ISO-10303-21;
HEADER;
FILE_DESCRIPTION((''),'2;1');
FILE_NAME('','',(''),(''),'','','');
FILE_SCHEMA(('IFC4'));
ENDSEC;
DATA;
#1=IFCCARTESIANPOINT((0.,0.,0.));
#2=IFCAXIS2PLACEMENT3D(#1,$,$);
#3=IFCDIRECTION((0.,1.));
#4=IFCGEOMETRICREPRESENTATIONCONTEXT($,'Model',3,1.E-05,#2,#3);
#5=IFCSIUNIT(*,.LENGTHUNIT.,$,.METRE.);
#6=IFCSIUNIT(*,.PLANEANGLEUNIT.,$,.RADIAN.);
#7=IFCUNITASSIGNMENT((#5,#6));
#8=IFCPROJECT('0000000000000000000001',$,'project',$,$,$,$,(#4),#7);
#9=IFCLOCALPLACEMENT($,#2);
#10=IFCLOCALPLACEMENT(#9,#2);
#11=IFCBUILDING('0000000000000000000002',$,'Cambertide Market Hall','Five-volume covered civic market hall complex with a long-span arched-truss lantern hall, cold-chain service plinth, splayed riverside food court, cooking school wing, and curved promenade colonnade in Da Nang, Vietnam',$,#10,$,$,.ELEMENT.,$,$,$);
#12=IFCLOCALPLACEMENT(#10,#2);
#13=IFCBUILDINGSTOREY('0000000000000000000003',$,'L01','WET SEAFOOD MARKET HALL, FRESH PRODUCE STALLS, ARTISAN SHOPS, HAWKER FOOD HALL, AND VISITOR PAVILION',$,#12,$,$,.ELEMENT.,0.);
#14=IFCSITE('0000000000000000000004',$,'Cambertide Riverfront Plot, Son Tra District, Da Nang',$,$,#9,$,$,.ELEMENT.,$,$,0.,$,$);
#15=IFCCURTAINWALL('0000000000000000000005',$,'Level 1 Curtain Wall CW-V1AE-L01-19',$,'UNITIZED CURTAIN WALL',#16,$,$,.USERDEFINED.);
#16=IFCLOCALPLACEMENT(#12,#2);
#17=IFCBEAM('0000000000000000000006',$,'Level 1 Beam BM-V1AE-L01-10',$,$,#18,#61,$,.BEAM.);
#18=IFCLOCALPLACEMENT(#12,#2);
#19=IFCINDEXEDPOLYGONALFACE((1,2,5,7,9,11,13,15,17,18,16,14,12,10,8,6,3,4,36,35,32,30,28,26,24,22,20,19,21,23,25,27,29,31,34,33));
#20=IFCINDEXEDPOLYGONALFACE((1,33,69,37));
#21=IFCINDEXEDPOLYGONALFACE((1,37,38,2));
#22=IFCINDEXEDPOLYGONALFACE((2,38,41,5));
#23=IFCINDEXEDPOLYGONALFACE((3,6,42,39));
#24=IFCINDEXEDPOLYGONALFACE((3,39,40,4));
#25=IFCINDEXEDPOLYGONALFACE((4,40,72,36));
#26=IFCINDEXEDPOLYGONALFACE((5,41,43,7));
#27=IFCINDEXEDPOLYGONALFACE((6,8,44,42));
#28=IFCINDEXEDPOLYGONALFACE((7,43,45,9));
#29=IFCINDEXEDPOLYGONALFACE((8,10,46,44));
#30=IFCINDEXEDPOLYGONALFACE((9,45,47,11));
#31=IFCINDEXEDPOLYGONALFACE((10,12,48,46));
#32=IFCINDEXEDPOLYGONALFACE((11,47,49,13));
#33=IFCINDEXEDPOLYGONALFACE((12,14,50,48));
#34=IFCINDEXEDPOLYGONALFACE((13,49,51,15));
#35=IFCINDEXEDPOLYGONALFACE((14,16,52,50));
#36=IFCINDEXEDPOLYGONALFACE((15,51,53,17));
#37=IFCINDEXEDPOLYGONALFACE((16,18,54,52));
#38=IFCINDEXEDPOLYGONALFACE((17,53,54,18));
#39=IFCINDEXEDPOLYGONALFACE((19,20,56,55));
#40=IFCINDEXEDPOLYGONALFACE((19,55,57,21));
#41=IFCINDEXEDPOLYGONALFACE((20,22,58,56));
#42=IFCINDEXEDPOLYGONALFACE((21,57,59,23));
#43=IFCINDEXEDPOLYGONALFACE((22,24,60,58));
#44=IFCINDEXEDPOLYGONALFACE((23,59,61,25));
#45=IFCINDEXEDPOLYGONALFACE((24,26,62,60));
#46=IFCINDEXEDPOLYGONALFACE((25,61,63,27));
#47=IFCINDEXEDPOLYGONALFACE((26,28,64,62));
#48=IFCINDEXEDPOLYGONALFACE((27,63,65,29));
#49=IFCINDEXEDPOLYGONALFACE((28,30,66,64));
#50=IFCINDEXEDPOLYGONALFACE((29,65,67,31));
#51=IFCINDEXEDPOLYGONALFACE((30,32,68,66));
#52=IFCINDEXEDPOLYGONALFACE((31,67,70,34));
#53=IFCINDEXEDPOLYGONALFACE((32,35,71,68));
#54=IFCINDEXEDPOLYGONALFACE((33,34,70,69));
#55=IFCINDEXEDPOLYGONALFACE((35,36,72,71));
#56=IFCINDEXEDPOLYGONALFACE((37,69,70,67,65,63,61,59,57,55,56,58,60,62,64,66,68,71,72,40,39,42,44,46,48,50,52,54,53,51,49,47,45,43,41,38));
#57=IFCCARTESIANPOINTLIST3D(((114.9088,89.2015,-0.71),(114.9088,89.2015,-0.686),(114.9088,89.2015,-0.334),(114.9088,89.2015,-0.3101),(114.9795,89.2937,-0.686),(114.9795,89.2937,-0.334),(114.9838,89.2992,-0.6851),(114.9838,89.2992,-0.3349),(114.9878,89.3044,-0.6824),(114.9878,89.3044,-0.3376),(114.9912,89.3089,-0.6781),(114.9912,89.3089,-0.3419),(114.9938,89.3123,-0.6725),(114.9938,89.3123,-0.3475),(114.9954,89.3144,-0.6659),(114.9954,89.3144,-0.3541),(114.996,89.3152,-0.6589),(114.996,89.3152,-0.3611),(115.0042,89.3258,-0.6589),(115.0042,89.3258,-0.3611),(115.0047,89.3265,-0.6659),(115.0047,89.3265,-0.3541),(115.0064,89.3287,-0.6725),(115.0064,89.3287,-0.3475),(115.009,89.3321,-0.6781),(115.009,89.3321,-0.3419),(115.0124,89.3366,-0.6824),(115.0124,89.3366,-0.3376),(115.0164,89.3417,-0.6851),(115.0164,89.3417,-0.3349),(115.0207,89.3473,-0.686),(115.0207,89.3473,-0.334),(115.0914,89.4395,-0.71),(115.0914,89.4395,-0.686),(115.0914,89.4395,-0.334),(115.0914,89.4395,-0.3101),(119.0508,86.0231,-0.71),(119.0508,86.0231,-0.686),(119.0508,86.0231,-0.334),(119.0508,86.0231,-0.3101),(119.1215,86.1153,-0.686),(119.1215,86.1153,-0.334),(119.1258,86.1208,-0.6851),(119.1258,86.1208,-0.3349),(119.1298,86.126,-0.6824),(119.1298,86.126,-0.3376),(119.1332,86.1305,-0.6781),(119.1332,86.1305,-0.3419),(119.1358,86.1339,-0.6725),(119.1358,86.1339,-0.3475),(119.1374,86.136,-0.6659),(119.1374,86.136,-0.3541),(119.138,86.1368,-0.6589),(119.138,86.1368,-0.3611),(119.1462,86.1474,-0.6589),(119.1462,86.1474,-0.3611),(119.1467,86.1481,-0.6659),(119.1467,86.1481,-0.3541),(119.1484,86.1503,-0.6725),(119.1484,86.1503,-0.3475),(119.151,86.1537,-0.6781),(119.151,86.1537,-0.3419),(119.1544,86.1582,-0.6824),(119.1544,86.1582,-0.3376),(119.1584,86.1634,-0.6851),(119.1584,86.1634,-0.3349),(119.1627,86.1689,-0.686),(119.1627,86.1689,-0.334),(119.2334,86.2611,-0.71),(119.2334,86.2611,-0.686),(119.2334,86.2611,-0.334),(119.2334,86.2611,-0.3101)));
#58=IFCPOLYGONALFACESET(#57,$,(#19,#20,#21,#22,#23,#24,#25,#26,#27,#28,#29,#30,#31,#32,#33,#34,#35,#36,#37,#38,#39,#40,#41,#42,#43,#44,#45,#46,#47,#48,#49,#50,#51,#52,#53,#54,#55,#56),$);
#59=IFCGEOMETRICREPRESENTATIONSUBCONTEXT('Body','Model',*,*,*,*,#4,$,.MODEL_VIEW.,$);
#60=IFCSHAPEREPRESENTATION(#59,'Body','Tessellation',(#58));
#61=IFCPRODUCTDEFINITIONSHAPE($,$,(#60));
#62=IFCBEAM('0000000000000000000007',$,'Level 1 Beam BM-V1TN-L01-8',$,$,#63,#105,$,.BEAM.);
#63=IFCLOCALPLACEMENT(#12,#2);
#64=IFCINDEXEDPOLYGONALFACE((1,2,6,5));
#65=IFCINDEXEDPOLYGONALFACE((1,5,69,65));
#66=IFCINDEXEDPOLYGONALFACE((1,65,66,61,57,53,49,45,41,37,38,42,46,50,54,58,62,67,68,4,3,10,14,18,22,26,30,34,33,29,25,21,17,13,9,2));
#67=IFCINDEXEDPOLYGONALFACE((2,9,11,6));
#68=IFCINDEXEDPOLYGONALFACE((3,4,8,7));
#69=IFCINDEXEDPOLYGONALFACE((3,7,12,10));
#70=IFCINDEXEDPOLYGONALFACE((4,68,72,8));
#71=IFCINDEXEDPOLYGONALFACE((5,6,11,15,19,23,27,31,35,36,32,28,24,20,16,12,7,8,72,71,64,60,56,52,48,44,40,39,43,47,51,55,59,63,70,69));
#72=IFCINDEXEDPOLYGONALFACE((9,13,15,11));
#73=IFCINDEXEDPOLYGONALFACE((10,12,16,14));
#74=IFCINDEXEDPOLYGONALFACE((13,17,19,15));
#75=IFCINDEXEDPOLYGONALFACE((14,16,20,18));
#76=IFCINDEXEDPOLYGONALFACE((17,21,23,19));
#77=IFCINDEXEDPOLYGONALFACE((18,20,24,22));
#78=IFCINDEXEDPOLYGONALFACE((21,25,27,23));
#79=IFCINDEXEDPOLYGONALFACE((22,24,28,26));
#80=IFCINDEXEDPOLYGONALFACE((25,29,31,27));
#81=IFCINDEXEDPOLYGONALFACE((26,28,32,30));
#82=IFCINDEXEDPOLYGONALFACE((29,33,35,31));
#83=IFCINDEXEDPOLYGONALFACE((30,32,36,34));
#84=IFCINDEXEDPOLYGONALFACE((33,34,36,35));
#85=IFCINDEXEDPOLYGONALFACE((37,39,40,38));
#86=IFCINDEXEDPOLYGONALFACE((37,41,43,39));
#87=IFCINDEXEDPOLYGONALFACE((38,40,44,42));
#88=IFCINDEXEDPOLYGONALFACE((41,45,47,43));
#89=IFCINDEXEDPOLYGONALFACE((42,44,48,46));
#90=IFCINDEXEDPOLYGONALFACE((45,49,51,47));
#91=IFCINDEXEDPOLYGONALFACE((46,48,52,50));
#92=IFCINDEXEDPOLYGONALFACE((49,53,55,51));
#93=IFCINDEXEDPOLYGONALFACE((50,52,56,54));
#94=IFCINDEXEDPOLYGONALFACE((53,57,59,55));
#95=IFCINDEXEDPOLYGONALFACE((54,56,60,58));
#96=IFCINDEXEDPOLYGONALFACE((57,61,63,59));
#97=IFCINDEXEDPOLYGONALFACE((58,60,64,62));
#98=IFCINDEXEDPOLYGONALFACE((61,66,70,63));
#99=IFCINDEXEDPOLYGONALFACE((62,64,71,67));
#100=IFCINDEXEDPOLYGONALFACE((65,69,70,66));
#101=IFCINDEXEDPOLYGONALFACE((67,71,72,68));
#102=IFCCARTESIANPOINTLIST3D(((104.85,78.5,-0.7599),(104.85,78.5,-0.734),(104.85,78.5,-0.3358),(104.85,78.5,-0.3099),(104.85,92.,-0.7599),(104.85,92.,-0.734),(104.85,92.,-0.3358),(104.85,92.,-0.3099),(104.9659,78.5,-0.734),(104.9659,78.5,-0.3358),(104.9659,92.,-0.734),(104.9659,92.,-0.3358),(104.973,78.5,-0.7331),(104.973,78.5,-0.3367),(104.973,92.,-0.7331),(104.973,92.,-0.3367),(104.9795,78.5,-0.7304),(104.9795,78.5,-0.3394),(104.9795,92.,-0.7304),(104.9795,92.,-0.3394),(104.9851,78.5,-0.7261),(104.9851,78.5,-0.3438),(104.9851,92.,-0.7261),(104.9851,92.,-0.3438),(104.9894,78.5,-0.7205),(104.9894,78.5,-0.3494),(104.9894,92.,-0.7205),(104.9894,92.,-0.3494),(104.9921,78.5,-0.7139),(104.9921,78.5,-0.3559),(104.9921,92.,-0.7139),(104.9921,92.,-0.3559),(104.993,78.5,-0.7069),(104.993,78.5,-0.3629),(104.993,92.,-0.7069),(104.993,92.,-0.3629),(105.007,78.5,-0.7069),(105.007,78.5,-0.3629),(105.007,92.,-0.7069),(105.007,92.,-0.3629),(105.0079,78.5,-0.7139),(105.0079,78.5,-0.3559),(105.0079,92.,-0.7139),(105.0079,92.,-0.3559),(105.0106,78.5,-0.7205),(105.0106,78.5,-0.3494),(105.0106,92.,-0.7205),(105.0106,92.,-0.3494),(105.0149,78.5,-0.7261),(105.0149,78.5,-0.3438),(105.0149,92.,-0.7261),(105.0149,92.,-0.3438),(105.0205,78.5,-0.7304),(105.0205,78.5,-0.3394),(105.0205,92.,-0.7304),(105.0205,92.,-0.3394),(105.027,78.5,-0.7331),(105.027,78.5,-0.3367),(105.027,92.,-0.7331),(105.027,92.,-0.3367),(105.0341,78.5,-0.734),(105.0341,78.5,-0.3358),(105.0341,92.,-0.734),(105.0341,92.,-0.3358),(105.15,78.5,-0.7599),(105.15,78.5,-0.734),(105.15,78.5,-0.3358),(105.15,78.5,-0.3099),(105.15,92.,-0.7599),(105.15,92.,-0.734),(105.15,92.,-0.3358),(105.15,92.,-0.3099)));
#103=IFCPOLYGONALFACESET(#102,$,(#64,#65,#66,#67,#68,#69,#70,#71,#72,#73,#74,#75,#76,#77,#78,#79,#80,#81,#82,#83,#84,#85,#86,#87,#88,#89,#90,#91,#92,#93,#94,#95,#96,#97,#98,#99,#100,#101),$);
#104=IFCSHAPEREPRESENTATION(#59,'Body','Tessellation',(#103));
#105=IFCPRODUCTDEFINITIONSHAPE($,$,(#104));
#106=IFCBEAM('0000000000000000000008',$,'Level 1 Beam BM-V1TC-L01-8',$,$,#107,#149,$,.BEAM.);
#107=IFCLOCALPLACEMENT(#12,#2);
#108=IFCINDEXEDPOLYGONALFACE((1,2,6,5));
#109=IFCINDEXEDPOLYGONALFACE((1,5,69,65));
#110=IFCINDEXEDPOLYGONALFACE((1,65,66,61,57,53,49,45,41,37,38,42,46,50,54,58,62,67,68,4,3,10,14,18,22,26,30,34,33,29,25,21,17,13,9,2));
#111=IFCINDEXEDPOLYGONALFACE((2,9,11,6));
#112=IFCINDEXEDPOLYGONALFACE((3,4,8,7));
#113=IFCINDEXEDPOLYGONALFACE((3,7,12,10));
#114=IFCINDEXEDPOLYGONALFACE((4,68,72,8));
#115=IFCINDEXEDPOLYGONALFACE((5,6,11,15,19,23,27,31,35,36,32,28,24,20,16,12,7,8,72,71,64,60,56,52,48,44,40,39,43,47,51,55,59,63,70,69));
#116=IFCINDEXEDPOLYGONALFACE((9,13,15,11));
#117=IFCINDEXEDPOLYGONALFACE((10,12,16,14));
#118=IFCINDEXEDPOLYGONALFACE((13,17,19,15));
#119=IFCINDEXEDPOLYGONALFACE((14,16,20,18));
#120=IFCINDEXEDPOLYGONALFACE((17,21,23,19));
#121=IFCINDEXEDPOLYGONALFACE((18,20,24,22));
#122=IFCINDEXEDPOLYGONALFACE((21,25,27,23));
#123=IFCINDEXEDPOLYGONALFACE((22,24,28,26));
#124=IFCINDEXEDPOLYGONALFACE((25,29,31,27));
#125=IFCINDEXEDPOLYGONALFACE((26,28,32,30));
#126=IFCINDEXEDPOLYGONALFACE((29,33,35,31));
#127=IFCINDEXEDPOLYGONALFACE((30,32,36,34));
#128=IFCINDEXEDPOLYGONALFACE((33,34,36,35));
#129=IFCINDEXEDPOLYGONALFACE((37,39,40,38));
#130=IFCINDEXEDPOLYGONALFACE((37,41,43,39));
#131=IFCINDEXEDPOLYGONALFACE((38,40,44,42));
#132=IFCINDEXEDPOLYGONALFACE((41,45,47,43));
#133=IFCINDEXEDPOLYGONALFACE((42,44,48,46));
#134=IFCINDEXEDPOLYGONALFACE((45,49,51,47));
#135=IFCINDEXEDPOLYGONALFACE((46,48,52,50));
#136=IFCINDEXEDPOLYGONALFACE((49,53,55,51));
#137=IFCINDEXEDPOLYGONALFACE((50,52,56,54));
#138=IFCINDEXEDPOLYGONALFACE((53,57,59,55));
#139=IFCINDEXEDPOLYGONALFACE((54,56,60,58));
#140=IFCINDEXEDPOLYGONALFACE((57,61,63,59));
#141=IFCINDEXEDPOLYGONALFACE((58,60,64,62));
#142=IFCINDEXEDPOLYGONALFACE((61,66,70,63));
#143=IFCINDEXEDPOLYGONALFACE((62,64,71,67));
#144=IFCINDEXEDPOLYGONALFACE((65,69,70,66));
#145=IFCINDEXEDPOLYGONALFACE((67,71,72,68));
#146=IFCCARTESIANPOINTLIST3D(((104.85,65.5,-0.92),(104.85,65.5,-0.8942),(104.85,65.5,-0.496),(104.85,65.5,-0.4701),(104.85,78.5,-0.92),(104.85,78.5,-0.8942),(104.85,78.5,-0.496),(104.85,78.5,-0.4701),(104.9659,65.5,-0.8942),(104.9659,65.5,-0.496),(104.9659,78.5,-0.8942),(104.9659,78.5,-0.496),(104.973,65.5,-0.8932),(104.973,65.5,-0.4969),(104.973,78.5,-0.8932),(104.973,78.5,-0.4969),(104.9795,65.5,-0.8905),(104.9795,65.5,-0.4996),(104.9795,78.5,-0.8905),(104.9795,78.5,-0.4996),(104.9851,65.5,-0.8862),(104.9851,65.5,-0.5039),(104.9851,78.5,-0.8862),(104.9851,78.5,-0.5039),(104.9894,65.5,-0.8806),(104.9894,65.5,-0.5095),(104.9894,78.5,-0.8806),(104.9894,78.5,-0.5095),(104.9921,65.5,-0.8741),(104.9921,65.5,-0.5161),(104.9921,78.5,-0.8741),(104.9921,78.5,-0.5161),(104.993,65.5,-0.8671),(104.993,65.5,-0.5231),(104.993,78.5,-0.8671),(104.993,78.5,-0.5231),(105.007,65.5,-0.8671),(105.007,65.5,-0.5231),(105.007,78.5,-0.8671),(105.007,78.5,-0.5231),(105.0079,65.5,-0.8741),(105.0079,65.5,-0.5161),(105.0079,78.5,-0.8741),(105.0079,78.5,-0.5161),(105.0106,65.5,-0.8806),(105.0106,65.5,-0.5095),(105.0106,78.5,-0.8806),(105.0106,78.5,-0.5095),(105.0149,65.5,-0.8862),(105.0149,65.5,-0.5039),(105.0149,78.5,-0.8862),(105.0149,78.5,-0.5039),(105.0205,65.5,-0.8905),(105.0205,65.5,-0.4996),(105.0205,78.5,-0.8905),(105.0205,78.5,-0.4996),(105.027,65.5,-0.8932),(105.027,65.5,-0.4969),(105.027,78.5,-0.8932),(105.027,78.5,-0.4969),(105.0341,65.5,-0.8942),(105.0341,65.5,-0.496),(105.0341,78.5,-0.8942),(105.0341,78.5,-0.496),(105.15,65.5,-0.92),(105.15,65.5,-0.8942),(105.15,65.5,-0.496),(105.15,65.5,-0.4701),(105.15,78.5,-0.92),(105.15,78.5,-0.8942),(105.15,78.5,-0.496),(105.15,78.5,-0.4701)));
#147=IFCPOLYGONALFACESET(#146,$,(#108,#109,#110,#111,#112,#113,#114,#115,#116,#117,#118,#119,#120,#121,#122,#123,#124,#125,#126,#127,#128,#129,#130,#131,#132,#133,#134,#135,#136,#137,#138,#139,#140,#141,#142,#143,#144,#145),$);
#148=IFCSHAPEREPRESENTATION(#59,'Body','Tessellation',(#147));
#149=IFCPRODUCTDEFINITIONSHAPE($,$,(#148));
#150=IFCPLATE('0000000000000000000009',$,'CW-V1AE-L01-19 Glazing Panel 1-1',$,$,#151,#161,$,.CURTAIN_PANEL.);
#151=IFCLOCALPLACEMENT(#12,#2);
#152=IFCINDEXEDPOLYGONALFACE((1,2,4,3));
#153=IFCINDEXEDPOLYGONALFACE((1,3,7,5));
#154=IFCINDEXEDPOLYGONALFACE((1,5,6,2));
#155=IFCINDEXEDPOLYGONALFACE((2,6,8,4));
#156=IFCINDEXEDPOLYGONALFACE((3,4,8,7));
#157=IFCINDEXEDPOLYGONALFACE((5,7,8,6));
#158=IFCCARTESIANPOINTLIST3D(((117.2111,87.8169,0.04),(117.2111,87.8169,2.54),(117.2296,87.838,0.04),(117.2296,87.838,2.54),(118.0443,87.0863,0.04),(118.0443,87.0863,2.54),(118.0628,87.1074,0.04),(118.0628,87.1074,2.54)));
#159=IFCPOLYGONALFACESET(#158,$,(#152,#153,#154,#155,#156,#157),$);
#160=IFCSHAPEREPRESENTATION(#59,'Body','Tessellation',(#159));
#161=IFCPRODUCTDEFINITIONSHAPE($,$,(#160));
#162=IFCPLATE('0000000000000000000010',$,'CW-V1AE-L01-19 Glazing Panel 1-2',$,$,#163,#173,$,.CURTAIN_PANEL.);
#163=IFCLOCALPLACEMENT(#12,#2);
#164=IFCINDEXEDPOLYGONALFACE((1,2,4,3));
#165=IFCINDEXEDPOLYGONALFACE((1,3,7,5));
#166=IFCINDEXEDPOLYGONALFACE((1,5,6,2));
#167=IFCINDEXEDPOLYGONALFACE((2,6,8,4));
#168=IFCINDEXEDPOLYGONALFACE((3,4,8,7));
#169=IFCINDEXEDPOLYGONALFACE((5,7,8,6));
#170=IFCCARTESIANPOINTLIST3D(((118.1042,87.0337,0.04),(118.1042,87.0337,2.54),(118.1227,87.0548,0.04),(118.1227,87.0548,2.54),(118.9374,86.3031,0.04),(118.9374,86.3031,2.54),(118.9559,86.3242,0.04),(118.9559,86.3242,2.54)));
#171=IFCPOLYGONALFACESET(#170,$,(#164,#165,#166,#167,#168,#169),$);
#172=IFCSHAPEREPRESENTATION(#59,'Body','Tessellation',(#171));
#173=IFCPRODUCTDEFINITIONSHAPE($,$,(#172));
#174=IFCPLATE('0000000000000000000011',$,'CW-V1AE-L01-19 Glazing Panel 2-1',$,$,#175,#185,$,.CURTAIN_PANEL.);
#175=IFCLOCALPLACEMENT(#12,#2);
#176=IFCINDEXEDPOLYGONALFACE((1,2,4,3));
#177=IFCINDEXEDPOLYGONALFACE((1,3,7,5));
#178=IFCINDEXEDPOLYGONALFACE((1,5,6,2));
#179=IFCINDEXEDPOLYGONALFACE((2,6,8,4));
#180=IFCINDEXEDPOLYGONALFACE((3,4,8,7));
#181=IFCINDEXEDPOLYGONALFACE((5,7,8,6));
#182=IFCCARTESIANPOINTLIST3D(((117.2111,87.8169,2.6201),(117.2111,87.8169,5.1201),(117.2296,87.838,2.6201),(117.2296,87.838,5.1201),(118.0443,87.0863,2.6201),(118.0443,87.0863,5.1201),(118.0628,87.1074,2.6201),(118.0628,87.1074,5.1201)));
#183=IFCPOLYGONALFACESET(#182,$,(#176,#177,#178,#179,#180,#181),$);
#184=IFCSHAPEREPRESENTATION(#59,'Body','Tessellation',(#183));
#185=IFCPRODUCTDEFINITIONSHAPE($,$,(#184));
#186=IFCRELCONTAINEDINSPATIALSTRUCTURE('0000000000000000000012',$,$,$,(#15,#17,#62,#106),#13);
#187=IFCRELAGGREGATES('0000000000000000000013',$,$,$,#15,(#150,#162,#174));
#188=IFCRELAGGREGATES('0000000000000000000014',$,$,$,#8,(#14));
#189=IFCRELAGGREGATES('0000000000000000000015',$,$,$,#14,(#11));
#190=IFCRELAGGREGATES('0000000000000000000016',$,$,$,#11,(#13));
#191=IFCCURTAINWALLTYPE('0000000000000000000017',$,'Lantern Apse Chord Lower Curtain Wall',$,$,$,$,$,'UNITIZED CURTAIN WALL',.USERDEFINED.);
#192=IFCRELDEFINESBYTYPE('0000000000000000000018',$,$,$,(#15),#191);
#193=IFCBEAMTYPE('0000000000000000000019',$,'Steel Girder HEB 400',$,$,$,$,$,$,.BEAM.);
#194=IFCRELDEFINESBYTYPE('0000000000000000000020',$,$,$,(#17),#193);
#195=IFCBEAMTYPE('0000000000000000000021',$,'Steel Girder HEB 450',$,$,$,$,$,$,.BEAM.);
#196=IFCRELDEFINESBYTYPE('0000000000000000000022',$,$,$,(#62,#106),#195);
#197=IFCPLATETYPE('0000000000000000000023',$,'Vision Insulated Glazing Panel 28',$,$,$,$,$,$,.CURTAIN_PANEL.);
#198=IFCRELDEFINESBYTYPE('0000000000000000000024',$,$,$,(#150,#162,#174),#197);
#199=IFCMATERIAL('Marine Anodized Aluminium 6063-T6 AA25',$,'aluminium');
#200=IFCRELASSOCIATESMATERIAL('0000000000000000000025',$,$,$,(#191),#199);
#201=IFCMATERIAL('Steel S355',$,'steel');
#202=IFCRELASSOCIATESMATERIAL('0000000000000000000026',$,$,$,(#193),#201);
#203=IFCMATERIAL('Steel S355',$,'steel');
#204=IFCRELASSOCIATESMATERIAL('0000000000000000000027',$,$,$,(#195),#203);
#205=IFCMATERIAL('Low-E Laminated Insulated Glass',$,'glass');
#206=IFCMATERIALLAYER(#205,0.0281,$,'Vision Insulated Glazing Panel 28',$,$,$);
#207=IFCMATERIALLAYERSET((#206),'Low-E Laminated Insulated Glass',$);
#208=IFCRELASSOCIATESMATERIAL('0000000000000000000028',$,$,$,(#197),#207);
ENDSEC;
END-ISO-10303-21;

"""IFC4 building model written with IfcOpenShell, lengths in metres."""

from ifc_helpers import new_model, si_unit, direction, frame, origin, origin_2d, place, context, subcontext, project, spatial, rectangle, i_section, extrude, material, layer, layer_set, material_profile, profile_set, type_object, element, aggregate, save


model = new_model("IFC4")

# Units and contexts
model_context = context("Model", 3, precision=1e-05, world=origin(), true_north=direction((0.0, 1.0)))
body_context = subcontext(model_context, "Body", "Model", "MODEL_VIEW")
ifc_project = project(units=[si_unit("LENGTHUNIT", "METRE"), si_unit("PLANEANGLEUNIT", "RADIAN")], contexts=[model_context])

# Site, building, storey
site_placement = place(None, origin())
site = spatial("IfcSite", under=ifc_project, at=site_placement, Name="Cambertide Riverfront Plot, Son Tra District, Da Nang", CompositionType="ELEMENT", RefElevation=0.0)
building_placement = place(site_placement, origin())
building = spatial("IfcBuilding", under=site, at=building_placement, Name="Cambertide Market Hall", Description="Five-volume covered civic market hall complex with a long-span arched-truss lantern hall, cold-chain service plinth, splayed riverside food court, cooking school wing, and curved promenade colonnade in Da Nang, Vietnam", CompositionType="ELEMENT")
storey_placement = place(building_placement, origin())
storey = spatial("IfcBuildingStorey", under=building, at=storey_placement, Name="L01", Description="WET SEAFOOD MARKET HALL, FRESH PRODUCE STALLS, ARTISAN SHOPS, HAWKER FOOD HALL, AND VISITOR PAVILION", CompositionType="ELEMENT", Elevation=0.0)

# Curtain wall
ifc_material_1 = material(Name="Marine Anodized Aluminium 6063-T6 AA25", Category="aluminium")
curtain_wall_type = type_object("IfcCurtainWallType", Name="Lantern Apse Chord Lower Curtain Wall", ElementType="UNITIZED CURTAIN WALL", PredefinedType="USERDEFINED", material=ifc_material_1)
curtain_wall_placement = place(storey_placement, origin())
curtain_wall = element("IfcCurtainWall", 1, at=curtain_wall_placement, inside=storey, type_object=curtain_wall_type, Name="Level 1 Curtain Wall CW-V1AE-L01-19", ObjectType="UNITIZED CURTAIN WALL", PredefinedType="USERDEFINED")

# Beams
ifc_material_2 = material(Name="Steel S355", Category="steel")
ifc_material_profile_1 = material_profile(ifc_material_2, i_section(OverallWidth=0.3, OverallDepth=0.3999, WebThickness=0.0134, FlangeThickness=0.0239, FilletRadius=0.0271, at=origin_2d()), Name="HEB 400")
ifc_profile_set_1 = profile_set([ifc_material_profile_1], Name="Steel S355")
beam_type_1 = type_object("IfcBeamType", Name="Steel Girder HEB 400", PredefinedType="BEAM", material=ifc_profile_set_1)
beam_1_placement = place(storey_placement, frame((119.1421, 86.1421, -0.51), z_axis=(-0.793341, 0.608777, 0.0), x_axis=(-0.608777, -0.793341, 0.0)))
element("IfcBeam", 2, at=beam_1_placement, inside=storey, type_object=beam_type_1, Name="Level 1 Beam BM-V1AE-L01-10", PredefinedType="BEAM", context=body_context, shape_type="SweptSolid", body=[
    extrude(i_section(OverallWidth=0.3, OverallDepth=0.3999, WebThickness=0.0134, FlangeThickness=0.0239, FilletRadius=0.0271, at=origin_2d()), origin(), (0.0, 0.0, 1.0), 5.2209),
])
ifc_material_3 = material(Name="Steel S355", Category="steel")
ifc_material_profile_2 = material_profile(ifc_material_3, i_section(OverallWidth=0.3, OverallDepth=0.45, WebThickness=0.0139, FlangeThickness=0.0259, FilletRadius=0.0271, at=origin_2d()), Name="HEB 450")
ifc_profile_set_2 = profile_set([ifc_material_profile_2], Name="Steel S355")
beam_type_2 = type_object("IfcBeamType", Name="Steel Girder HEB 450", PredefinedType="BEAM", material=ifc_profile_set_2)
beam_2_placement = place(storey_placement, frame((105.0, 78.5, -0.5349), z_axis=(0.0, 1.0, 0.0), x_axis=(-1.0, 0.0, 0.0)))
element("IfcBeam", 3, at=beam_2_placement, inside=storey, type_object=beam_type_2, Name="Level 1 Beam BM-V1TN-L01-8", PredefinedType="BEAM", context=body_context, shape_type="SweptSolid", body=[
    extrude(i_section(OverallWidth=0.3, OverallDepth=0.45, WebThickness=0.0139, FlangeThickness=0.0259, FilletRadius=0.0271, at=origin_2d()), origin(), (0.0, 0.0, 1.0), 13.5),
])
beam_3_placement = place(storey_placement, frame((105.0, 65.5, -0.6951), z_axis=(0.0, 1.0, 0.0), x_axis=(-1.0, 0.0, 0.0)))
element("IfcBeam", 4, at=beam_3_placement, inside=storey, type_object=beam_type_2, Name="Level 1 Beam BM-V1TC-L01-8", PredefinedType="BEAM", context=body_context, shape_type="SweptSolid", body=[
    extrude(i_section(OverallWidth=0.3, OverallDepth=0.45, WebThickness=0.0139, FlangeThickness=0.0259, FilletRadius=0.0271, at=origin_2d()), origin(), (0.0, 0.0, 1.0), 13.0),
])

# Plates
ifc_material_4 = material(Name="Low-E Laminated Insulated Glass", Category="glass")
ifc_layer_1 = layer(ifc_material_4, 0.0281, Name="Vision Insulated Glazing Panel 28")
ifc_layer_set_1 = layer_set([ifc_layer_1], Name="Low-E Laminated Insulated Glass")
plate_type = type_object("IfcPlateType", Name="Vision Insulated Glazing Panel 28", PredefinedType="CURTAIN_PANEL", material=ifc_layer_set_1)
plate_1_placement = place(storey_placement, frame((117.637, 87.4622, 0.04), z_axis=(0.0, 0.0, 1.0), x_axis=(0.75184, -0.659346, 0.0)))
plate_1 = element("IfcPlate", 5, at=plate_1_placement, type_object=plate_type, Name="CW-V1AE-L01-19 Glazing Panel 1-1", PredefinedType="CURTAIN_PANEL", context=body_context, shape_type="SweptSolid", body=[
    extrude(rectangle(XDim=1.1082, YDim=0.0281, at=origin_2d()), origin(), (0.0, 0.0, 1.0), 2.5),
])
plate_2_placement = place(storey_placement, frame((118.53, 86.679, 0.04), z_axis=(0.0, 0.0, 1.0), x_axis=(0.75184, -0.659346, 0.0)))
plate_2 = element("IfcPlate", 6, at=plate_2_placement, type_object=plate_type, Name="CW-V1AE-L01-19 Glazing Panel 1-2", PredefinedType="CURTAIN_PANEL", context=body_context, shape_type="SweptSolid", body=[
    extrude(rectangle(XDim=1.1082, YDim=0.0281, at=origin_2d()), origin(), (0.0, 0.0, 1.0), 2.5),
])
plate_3_placement = place(storey_placement, frame((117.637, 87.4622, 2.6201), z_axis=(0.0, 0.0, 1.0), x_axis=(0.75184, -0.659346, 0.0)))
plate_3 = element("IfcPlate", 7, at=plate_3_placement, type_object=plate_type, Name="CW-V1AE-L01-19 Glazing Panel 2-1", PredefinedType="CURTAIN_PANEL", context=body_context, shape_type="SweptSolid", body=[
    extrude(rectangle(XDim=1.1082, YDim=0.0281, at=origin_2d()), origin(), (0.0, 0.0, 1.0), 2.5),
])
aggregate(curtain_wall, [plate_1, plate_2, plate_3])

save(model, "model.ifc")
